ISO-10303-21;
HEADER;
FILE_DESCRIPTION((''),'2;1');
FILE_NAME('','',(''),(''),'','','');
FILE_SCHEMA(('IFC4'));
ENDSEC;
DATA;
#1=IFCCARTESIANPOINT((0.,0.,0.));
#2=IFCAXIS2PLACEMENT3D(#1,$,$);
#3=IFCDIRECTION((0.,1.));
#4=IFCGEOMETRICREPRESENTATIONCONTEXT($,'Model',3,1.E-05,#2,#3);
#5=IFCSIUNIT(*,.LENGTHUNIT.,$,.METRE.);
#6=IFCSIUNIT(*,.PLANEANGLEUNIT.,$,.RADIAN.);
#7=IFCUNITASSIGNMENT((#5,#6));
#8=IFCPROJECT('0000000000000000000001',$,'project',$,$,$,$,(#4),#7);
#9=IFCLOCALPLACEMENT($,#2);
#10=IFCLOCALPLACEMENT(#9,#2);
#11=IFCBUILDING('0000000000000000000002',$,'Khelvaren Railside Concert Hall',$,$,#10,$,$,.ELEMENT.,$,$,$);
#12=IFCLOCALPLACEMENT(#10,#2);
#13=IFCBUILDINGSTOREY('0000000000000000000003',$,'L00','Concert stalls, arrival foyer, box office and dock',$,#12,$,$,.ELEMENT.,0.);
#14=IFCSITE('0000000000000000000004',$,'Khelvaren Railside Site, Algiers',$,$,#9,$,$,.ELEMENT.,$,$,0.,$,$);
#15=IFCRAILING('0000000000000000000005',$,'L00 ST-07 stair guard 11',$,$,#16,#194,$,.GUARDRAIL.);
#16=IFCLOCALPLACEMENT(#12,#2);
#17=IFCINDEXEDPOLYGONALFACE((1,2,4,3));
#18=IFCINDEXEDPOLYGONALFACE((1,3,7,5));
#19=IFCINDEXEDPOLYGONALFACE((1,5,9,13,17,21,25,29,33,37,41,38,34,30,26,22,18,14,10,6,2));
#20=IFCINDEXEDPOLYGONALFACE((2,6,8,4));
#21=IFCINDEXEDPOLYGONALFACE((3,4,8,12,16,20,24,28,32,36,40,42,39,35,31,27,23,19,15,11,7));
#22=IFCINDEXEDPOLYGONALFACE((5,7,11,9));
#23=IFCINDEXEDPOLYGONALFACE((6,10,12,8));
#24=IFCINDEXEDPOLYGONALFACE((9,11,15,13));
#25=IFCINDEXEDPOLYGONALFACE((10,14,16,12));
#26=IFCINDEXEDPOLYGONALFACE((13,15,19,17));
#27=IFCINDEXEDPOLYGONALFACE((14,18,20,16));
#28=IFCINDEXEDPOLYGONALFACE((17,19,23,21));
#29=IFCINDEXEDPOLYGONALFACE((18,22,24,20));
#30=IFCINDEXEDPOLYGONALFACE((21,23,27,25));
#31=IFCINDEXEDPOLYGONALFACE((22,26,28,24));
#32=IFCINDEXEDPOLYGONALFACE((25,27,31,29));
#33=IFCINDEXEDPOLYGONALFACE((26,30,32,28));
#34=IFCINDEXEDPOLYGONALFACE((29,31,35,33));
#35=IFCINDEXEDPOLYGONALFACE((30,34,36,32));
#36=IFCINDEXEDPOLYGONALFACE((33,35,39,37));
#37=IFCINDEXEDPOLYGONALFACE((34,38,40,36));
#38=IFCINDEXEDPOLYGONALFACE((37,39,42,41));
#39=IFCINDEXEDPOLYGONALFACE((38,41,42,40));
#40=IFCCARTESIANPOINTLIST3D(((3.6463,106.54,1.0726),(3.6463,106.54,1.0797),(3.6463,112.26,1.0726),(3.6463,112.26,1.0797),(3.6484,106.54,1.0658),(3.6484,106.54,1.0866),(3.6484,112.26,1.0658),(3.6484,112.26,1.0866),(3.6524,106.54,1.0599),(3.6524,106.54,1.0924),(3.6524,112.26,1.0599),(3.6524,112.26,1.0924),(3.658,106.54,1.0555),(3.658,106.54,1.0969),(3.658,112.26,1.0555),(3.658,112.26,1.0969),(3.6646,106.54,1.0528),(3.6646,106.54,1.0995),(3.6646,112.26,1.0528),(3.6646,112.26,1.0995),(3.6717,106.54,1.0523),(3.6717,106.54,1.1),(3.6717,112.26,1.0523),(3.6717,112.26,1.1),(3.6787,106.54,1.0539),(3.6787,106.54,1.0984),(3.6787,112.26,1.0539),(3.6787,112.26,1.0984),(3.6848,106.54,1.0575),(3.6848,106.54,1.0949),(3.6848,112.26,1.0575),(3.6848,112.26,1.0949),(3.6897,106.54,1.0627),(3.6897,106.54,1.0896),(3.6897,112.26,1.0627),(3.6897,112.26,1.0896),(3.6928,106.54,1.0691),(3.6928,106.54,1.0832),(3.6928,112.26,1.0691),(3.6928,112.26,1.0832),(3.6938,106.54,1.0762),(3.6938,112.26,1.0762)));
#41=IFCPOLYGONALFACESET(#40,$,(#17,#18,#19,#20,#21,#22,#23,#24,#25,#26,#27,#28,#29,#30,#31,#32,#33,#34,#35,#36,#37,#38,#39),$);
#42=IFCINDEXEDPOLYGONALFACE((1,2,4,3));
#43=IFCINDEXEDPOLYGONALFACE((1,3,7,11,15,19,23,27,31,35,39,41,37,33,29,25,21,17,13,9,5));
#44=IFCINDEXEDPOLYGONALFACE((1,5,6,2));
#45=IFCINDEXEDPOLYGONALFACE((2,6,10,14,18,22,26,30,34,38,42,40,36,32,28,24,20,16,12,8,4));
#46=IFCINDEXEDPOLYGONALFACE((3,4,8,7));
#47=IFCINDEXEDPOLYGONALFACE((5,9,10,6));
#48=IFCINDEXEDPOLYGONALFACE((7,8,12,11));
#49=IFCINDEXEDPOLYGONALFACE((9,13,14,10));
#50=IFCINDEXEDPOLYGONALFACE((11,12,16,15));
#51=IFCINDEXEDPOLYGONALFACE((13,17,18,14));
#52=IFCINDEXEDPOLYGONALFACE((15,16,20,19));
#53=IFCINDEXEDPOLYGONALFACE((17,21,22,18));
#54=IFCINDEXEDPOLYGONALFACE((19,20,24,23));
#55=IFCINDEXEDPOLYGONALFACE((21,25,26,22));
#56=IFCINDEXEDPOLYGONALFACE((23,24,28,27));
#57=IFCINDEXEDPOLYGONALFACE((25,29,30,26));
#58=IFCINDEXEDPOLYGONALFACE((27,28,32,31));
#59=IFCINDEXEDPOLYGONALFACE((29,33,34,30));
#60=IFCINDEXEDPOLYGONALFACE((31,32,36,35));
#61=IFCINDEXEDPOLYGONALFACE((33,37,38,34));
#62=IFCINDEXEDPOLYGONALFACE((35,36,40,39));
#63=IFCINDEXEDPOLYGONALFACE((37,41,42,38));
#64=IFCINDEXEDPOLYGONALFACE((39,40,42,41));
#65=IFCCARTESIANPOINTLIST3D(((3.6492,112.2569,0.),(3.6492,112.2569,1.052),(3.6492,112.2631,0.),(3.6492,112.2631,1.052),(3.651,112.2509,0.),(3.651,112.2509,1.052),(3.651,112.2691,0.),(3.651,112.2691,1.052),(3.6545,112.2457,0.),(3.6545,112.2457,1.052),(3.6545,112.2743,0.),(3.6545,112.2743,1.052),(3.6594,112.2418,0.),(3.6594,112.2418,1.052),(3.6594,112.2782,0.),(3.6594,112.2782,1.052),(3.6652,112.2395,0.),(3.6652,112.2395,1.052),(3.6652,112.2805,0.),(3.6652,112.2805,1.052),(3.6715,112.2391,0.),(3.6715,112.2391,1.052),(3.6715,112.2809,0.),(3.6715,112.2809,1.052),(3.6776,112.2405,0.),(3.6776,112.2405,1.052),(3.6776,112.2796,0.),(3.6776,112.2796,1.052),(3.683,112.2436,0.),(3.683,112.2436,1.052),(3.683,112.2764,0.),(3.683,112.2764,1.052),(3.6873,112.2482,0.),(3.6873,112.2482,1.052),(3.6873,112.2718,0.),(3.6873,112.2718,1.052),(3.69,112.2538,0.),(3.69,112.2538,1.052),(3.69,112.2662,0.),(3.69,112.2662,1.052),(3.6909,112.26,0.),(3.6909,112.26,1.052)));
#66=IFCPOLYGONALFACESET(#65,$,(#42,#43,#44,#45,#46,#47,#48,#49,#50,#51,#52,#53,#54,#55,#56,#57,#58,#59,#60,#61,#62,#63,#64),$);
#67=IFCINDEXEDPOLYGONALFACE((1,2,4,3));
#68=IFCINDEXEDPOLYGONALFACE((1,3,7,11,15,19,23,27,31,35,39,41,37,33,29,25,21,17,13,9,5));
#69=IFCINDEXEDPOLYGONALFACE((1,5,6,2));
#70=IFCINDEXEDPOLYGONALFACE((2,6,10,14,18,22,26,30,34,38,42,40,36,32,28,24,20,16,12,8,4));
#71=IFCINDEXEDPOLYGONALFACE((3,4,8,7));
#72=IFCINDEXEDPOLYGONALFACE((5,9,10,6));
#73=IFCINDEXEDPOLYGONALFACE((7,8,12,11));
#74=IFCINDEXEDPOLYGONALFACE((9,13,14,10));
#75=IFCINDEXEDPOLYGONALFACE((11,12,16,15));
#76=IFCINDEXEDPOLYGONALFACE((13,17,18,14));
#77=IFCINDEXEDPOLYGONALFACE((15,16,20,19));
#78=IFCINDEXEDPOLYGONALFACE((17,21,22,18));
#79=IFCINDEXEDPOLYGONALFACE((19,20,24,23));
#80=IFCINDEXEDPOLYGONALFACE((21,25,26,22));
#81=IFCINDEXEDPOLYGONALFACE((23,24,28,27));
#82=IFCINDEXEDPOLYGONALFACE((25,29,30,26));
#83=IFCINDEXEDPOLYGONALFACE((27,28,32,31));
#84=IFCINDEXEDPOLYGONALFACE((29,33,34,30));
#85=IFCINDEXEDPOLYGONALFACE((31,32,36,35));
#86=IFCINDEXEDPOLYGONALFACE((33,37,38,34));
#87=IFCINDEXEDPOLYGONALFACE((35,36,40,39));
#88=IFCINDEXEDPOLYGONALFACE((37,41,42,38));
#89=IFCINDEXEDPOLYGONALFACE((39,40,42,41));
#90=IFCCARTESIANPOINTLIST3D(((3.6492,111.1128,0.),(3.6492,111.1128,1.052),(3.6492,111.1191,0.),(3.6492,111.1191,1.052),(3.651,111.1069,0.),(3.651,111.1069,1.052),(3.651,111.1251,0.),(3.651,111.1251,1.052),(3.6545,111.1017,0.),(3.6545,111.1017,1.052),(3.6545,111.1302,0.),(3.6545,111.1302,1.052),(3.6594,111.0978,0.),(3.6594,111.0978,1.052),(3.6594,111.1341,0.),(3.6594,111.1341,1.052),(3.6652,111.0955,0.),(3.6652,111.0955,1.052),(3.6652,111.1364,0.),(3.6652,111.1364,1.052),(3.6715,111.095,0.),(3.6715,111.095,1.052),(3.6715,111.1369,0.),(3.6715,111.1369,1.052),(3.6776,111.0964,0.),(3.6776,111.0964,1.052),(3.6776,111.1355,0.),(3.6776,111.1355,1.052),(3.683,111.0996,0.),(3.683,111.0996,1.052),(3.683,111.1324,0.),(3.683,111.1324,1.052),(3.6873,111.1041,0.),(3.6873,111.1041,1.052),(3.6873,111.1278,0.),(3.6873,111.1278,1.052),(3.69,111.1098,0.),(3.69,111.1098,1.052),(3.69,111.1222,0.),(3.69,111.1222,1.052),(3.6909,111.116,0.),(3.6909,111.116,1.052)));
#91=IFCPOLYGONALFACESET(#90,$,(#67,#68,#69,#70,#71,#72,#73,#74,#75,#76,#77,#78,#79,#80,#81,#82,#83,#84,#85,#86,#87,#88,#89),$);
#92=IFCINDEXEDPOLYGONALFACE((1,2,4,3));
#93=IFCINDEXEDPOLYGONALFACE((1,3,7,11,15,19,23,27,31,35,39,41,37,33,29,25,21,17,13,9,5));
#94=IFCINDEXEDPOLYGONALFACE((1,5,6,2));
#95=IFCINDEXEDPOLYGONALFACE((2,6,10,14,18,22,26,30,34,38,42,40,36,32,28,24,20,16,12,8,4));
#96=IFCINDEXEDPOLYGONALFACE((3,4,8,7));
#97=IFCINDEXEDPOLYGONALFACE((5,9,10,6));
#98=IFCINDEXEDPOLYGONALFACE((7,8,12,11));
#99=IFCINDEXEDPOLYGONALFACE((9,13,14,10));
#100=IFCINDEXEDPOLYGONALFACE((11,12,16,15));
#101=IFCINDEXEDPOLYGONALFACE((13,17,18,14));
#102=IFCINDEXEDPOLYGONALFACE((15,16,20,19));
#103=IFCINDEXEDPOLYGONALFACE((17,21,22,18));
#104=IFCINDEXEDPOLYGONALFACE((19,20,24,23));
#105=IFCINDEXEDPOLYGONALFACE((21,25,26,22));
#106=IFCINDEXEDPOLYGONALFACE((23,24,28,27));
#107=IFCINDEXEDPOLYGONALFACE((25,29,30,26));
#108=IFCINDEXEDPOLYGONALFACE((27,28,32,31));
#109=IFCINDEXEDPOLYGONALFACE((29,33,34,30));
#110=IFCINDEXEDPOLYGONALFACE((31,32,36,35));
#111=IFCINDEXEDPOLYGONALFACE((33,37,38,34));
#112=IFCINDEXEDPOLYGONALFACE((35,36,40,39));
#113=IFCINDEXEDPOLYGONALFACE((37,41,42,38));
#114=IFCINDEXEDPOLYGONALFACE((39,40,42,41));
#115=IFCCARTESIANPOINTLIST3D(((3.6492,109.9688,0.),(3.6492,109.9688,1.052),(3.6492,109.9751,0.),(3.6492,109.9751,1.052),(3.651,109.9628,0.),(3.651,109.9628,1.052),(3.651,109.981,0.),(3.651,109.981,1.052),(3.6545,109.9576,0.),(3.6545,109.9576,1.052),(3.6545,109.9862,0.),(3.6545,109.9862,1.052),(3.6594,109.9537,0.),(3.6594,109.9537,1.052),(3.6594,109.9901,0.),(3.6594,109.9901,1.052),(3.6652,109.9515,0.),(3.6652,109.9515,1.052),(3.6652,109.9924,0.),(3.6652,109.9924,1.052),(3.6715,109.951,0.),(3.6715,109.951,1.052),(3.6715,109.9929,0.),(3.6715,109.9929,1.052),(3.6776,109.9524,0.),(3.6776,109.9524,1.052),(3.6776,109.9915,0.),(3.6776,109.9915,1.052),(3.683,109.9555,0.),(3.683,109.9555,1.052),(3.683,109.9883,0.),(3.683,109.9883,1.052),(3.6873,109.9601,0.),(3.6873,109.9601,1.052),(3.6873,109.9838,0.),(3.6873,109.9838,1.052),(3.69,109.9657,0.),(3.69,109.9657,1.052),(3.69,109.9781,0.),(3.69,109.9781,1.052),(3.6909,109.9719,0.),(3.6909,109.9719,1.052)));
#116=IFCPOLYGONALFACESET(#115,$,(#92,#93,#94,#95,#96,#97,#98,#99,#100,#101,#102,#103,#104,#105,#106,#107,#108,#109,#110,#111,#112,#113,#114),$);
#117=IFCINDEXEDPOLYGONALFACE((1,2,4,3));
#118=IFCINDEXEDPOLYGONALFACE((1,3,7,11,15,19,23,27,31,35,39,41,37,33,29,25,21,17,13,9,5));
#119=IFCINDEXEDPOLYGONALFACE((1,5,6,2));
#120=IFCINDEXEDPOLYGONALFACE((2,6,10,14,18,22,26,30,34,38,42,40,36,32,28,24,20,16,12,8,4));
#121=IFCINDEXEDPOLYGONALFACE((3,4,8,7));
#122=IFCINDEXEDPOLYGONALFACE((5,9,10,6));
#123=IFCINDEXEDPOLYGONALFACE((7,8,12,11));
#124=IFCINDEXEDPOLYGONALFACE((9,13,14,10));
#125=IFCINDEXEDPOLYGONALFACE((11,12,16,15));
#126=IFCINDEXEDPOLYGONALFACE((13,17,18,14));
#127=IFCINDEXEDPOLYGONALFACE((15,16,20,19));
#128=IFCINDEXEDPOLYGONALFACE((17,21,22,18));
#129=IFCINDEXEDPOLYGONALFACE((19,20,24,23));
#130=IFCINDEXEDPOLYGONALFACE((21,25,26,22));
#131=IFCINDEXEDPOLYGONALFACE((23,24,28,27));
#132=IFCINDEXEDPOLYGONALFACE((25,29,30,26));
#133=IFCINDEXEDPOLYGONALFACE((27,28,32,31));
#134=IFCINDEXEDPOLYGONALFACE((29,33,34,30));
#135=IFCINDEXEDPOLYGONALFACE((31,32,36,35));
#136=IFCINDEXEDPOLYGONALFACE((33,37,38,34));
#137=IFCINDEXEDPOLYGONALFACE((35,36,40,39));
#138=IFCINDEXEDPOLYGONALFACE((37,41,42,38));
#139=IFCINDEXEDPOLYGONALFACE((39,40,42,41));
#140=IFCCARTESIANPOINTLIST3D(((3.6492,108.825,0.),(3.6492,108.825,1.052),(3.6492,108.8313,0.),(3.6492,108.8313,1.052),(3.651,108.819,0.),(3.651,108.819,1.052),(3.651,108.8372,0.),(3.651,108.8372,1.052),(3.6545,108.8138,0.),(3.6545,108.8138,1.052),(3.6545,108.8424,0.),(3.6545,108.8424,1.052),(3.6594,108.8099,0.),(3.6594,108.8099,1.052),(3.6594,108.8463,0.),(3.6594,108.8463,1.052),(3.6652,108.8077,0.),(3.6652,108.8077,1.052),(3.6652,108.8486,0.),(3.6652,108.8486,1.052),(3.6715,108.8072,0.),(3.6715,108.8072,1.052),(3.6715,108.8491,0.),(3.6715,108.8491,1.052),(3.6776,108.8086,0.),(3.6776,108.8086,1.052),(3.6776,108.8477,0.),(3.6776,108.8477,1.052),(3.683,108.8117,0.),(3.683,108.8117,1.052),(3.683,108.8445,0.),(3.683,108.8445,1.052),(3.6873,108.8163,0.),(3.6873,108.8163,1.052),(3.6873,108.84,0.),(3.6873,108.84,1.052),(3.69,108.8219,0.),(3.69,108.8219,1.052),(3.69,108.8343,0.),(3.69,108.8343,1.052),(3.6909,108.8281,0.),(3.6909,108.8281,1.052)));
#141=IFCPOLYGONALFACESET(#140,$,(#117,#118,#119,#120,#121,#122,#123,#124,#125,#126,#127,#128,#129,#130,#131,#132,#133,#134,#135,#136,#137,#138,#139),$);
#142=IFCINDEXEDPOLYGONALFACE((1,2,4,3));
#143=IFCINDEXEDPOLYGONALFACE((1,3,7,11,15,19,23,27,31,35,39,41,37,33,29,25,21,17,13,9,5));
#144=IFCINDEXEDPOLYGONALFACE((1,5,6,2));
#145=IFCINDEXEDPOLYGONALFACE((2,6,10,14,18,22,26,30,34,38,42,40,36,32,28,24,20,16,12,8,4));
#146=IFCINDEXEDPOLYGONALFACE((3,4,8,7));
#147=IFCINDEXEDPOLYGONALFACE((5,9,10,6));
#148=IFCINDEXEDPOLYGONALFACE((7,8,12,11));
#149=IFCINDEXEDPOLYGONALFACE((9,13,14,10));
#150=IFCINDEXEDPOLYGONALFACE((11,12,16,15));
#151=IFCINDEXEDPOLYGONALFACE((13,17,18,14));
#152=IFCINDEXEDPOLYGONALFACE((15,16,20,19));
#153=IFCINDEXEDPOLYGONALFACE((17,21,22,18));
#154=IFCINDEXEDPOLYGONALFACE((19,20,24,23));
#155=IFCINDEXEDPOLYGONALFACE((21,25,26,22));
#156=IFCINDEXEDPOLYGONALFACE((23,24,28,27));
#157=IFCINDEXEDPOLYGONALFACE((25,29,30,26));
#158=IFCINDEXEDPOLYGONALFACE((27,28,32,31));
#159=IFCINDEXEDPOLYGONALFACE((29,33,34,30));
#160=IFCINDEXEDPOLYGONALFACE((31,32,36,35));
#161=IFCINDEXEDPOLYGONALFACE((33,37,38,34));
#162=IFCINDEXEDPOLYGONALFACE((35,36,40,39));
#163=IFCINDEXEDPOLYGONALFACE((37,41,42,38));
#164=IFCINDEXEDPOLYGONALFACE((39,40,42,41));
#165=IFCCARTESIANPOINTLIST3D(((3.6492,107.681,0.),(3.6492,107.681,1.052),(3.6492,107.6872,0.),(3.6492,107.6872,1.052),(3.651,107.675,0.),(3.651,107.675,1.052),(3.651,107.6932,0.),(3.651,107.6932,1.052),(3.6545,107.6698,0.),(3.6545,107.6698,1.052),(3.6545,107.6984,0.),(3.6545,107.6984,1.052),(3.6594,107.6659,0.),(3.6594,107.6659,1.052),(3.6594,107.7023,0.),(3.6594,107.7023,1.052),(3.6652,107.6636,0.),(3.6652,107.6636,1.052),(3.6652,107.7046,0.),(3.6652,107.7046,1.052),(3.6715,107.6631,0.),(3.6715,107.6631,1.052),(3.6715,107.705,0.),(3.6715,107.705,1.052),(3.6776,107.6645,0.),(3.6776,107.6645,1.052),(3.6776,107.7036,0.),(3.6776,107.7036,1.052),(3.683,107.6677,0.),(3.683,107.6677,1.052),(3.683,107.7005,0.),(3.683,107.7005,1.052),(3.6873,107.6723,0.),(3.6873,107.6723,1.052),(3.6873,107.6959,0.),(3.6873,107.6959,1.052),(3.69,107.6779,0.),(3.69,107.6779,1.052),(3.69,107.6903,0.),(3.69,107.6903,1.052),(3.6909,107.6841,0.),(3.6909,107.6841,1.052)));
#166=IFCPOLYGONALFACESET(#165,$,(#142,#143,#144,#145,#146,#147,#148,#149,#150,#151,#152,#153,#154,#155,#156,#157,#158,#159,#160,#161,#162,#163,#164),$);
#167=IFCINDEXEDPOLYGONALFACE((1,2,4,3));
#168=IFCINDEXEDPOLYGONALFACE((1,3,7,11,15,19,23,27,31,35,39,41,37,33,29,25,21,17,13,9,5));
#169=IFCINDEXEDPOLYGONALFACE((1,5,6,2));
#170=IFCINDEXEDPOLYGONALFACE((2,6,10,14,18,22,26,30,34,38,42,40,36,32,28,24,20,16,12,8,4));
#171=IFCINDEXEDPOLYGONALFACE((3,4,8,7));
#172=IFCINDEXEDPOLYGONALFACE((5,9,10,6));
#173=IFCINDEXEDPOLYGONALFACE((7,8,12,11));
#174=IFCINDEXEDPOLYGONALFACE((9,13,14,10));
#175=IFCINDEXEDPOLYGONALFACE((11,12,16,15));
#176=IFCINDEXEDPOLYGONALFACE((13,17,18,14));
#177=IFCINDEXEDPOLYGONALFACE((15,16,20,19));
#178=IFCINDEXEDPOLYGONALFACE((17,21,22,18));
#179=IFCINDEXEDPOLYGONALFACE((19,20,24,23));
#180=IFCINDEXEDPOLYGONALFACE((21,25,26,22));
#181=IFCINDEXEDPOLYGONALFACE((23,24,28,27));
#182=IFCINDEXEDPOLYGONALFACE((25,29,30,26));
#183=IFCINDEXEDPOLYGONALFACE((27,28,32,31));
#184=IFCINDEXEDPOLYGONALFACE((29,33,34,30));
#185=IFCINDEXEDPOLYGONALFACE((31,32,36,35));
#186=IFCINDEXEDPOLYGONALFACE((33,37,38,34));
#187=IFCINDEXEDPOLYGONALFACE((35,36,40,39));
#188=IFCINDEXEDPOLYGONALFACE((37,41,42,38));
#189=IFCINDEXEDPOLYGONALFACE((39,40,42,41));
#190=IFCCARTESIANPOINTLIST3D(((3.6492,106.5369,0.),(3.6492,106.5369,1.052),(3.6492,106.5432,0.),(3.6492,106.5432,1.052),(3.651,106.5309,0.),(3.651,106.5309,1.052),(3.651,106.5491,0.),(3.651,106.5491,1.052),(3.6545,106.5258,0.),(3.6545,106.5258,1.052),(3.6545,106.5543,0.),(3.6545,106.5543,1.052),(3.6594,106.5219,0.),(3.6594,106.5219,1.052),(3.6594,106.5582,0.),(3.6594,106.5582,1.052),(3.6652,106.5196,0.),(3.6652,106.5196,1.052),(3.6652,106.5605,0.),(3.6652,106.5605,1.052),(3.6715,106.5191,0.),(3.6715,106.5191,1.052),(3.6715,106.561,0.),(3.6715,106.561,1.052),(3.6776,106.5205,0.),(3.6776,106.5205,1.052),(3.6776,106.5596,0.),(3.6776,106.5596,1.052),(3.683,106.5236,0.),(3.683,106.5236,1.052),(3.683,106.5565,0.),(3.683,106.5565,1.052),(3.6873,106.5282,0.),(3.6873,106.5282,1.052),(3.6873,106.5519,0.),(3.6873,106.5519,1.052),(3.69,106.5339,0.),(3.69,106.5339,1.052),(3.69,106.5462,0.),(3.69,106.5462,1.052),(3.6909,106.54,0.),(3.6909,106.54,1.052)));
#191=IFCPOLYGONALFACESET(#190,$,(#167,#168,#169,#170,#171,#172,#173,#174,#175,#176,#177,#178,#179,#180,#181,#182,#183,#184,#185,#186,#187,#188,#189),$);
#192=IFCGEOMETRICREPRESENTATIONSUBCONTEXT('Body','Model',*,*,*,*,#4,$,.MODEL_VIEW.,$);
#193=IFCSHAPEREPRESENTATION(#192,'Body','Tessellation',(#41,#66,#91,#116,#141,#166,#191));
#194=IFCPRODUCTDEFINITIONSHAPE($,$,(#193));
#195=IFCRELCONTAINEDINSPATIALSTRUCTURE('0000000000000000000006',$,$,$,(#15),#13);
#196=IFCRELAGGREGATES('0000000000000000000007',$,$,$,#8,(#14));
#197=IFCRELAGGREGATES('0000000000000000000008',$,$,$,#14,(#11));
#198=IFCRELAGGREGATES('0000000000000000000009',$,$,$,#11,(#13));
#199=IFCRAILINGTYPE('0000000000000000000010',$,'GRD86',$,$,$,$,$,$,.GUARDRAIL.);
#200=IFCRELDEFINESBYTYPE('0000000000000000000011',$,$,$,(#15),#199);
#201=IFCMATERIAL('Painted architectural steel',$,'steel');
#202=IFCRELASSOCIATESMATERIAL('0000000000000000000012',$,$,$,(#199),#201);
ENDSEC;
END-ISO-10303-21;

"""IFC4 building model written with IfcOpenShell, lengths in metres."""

from ifc_helpers import new_model, si_unit, direction, frame, origin, origin_2d, place, context, subcontext, project, spatial, circle, extrude, material, type_object, element, save


model = new_model("IFC4")

# Units and contexts
model_context = context("Model", 3, precision=1e-05, world=origin(), true_north=direction((0.0, 1.0)))
body_context = subcontext(model_context, "Body", "Model", "MODEL_VIEW")
ifc_project = project(units=[si_unit("LENGTHUNIT", "METRE"), si_unit("PLANEANGLEUNIT", "RADIAN")], contexts=[model_context])

# Site, building, storey
site_placement = place(None, origin())
site = spatial("IfcSite", under=ifc_project, at=site_placement, Name="Khelvaren Railside Site, Algiers", CompositionType="ELEMENT", RefElevation=0.0)
building_placement = place(site_placement, origin())
building = spatial("IfcBuilding", under=site, at=building_placement, Name="Khelvaren Railside Concert Hall", CompositionType="ELEMENT")
storey_placement = place(building_placement, origin())
storey = spatial("IfcBuildingStorey", under=building, at=storey_placement, Name="L00", Description="Concert stalls, arrival foyer, box office and dock", CompositionType="ELEMENT", Elevation=0.0)

# Railing
ifc_material_1 = material(Name="Painted architectural steel", Category="steel")
railing_type_1 = type_object("IfcRailingType", Name="GRD86", PredefinedType="GUARDRAIL", material=ifc_material_1)
railing_1_placement = place(storey_placement, frame((3.6699, 112.26, 0.0)))
element("IfcRailing", 1, at=railing_1_placement, inside=storey, type_object=railing_type_1, Name="L00 ST-07 stair guard 11", PredefinedType="GUARDRAIL", context=body_context, shape_type="SweptSolid", body=[
    extrude(circle(Radius=0.0239, at=origin_2d()), frame((0.0, 0.0, 1.0762), z_axis=(0.0, -1.0, 0.0), x_axis=(1.0, 0.0, 0.0)), (0.0, 0.0, 1.0), 5.72),
    extrude(circle(Radius=0.021, at=origin_2d()), origin(), (0.0, 0.0, 1.0), 1.052),
    extrude(circle(Radius=0.021, at=origin_2d()), frame((0.0, -1.144, 0.0)), (0.0, 0.0, 1.0), 1.052),
    extrude(circle(Radius=0.021, at=origin_2d()), frame((0.0, -2.2881, 0.0)), (0.0, 0.0, 1.0), 1.052),
    extrude(circle(Radius=0.021, at=origin_2d()), frame((0.0, -3.4319, 0.0)), (0.0, 0.0, 1.0), 1.052),
    extrude(circle(Radius=0.021, at=origin_2d()), frame((0.0, -4.5759, 0.0)), (0.0, 0.0, 1.0), 1.052),
    extrude(circle(Radius=0.021, at=origin_2d()), frame((0.0, -5.72, 0.0)), (0.0, 0.0, 1.0), 1.052),
])

save(model, "model.ifc")
